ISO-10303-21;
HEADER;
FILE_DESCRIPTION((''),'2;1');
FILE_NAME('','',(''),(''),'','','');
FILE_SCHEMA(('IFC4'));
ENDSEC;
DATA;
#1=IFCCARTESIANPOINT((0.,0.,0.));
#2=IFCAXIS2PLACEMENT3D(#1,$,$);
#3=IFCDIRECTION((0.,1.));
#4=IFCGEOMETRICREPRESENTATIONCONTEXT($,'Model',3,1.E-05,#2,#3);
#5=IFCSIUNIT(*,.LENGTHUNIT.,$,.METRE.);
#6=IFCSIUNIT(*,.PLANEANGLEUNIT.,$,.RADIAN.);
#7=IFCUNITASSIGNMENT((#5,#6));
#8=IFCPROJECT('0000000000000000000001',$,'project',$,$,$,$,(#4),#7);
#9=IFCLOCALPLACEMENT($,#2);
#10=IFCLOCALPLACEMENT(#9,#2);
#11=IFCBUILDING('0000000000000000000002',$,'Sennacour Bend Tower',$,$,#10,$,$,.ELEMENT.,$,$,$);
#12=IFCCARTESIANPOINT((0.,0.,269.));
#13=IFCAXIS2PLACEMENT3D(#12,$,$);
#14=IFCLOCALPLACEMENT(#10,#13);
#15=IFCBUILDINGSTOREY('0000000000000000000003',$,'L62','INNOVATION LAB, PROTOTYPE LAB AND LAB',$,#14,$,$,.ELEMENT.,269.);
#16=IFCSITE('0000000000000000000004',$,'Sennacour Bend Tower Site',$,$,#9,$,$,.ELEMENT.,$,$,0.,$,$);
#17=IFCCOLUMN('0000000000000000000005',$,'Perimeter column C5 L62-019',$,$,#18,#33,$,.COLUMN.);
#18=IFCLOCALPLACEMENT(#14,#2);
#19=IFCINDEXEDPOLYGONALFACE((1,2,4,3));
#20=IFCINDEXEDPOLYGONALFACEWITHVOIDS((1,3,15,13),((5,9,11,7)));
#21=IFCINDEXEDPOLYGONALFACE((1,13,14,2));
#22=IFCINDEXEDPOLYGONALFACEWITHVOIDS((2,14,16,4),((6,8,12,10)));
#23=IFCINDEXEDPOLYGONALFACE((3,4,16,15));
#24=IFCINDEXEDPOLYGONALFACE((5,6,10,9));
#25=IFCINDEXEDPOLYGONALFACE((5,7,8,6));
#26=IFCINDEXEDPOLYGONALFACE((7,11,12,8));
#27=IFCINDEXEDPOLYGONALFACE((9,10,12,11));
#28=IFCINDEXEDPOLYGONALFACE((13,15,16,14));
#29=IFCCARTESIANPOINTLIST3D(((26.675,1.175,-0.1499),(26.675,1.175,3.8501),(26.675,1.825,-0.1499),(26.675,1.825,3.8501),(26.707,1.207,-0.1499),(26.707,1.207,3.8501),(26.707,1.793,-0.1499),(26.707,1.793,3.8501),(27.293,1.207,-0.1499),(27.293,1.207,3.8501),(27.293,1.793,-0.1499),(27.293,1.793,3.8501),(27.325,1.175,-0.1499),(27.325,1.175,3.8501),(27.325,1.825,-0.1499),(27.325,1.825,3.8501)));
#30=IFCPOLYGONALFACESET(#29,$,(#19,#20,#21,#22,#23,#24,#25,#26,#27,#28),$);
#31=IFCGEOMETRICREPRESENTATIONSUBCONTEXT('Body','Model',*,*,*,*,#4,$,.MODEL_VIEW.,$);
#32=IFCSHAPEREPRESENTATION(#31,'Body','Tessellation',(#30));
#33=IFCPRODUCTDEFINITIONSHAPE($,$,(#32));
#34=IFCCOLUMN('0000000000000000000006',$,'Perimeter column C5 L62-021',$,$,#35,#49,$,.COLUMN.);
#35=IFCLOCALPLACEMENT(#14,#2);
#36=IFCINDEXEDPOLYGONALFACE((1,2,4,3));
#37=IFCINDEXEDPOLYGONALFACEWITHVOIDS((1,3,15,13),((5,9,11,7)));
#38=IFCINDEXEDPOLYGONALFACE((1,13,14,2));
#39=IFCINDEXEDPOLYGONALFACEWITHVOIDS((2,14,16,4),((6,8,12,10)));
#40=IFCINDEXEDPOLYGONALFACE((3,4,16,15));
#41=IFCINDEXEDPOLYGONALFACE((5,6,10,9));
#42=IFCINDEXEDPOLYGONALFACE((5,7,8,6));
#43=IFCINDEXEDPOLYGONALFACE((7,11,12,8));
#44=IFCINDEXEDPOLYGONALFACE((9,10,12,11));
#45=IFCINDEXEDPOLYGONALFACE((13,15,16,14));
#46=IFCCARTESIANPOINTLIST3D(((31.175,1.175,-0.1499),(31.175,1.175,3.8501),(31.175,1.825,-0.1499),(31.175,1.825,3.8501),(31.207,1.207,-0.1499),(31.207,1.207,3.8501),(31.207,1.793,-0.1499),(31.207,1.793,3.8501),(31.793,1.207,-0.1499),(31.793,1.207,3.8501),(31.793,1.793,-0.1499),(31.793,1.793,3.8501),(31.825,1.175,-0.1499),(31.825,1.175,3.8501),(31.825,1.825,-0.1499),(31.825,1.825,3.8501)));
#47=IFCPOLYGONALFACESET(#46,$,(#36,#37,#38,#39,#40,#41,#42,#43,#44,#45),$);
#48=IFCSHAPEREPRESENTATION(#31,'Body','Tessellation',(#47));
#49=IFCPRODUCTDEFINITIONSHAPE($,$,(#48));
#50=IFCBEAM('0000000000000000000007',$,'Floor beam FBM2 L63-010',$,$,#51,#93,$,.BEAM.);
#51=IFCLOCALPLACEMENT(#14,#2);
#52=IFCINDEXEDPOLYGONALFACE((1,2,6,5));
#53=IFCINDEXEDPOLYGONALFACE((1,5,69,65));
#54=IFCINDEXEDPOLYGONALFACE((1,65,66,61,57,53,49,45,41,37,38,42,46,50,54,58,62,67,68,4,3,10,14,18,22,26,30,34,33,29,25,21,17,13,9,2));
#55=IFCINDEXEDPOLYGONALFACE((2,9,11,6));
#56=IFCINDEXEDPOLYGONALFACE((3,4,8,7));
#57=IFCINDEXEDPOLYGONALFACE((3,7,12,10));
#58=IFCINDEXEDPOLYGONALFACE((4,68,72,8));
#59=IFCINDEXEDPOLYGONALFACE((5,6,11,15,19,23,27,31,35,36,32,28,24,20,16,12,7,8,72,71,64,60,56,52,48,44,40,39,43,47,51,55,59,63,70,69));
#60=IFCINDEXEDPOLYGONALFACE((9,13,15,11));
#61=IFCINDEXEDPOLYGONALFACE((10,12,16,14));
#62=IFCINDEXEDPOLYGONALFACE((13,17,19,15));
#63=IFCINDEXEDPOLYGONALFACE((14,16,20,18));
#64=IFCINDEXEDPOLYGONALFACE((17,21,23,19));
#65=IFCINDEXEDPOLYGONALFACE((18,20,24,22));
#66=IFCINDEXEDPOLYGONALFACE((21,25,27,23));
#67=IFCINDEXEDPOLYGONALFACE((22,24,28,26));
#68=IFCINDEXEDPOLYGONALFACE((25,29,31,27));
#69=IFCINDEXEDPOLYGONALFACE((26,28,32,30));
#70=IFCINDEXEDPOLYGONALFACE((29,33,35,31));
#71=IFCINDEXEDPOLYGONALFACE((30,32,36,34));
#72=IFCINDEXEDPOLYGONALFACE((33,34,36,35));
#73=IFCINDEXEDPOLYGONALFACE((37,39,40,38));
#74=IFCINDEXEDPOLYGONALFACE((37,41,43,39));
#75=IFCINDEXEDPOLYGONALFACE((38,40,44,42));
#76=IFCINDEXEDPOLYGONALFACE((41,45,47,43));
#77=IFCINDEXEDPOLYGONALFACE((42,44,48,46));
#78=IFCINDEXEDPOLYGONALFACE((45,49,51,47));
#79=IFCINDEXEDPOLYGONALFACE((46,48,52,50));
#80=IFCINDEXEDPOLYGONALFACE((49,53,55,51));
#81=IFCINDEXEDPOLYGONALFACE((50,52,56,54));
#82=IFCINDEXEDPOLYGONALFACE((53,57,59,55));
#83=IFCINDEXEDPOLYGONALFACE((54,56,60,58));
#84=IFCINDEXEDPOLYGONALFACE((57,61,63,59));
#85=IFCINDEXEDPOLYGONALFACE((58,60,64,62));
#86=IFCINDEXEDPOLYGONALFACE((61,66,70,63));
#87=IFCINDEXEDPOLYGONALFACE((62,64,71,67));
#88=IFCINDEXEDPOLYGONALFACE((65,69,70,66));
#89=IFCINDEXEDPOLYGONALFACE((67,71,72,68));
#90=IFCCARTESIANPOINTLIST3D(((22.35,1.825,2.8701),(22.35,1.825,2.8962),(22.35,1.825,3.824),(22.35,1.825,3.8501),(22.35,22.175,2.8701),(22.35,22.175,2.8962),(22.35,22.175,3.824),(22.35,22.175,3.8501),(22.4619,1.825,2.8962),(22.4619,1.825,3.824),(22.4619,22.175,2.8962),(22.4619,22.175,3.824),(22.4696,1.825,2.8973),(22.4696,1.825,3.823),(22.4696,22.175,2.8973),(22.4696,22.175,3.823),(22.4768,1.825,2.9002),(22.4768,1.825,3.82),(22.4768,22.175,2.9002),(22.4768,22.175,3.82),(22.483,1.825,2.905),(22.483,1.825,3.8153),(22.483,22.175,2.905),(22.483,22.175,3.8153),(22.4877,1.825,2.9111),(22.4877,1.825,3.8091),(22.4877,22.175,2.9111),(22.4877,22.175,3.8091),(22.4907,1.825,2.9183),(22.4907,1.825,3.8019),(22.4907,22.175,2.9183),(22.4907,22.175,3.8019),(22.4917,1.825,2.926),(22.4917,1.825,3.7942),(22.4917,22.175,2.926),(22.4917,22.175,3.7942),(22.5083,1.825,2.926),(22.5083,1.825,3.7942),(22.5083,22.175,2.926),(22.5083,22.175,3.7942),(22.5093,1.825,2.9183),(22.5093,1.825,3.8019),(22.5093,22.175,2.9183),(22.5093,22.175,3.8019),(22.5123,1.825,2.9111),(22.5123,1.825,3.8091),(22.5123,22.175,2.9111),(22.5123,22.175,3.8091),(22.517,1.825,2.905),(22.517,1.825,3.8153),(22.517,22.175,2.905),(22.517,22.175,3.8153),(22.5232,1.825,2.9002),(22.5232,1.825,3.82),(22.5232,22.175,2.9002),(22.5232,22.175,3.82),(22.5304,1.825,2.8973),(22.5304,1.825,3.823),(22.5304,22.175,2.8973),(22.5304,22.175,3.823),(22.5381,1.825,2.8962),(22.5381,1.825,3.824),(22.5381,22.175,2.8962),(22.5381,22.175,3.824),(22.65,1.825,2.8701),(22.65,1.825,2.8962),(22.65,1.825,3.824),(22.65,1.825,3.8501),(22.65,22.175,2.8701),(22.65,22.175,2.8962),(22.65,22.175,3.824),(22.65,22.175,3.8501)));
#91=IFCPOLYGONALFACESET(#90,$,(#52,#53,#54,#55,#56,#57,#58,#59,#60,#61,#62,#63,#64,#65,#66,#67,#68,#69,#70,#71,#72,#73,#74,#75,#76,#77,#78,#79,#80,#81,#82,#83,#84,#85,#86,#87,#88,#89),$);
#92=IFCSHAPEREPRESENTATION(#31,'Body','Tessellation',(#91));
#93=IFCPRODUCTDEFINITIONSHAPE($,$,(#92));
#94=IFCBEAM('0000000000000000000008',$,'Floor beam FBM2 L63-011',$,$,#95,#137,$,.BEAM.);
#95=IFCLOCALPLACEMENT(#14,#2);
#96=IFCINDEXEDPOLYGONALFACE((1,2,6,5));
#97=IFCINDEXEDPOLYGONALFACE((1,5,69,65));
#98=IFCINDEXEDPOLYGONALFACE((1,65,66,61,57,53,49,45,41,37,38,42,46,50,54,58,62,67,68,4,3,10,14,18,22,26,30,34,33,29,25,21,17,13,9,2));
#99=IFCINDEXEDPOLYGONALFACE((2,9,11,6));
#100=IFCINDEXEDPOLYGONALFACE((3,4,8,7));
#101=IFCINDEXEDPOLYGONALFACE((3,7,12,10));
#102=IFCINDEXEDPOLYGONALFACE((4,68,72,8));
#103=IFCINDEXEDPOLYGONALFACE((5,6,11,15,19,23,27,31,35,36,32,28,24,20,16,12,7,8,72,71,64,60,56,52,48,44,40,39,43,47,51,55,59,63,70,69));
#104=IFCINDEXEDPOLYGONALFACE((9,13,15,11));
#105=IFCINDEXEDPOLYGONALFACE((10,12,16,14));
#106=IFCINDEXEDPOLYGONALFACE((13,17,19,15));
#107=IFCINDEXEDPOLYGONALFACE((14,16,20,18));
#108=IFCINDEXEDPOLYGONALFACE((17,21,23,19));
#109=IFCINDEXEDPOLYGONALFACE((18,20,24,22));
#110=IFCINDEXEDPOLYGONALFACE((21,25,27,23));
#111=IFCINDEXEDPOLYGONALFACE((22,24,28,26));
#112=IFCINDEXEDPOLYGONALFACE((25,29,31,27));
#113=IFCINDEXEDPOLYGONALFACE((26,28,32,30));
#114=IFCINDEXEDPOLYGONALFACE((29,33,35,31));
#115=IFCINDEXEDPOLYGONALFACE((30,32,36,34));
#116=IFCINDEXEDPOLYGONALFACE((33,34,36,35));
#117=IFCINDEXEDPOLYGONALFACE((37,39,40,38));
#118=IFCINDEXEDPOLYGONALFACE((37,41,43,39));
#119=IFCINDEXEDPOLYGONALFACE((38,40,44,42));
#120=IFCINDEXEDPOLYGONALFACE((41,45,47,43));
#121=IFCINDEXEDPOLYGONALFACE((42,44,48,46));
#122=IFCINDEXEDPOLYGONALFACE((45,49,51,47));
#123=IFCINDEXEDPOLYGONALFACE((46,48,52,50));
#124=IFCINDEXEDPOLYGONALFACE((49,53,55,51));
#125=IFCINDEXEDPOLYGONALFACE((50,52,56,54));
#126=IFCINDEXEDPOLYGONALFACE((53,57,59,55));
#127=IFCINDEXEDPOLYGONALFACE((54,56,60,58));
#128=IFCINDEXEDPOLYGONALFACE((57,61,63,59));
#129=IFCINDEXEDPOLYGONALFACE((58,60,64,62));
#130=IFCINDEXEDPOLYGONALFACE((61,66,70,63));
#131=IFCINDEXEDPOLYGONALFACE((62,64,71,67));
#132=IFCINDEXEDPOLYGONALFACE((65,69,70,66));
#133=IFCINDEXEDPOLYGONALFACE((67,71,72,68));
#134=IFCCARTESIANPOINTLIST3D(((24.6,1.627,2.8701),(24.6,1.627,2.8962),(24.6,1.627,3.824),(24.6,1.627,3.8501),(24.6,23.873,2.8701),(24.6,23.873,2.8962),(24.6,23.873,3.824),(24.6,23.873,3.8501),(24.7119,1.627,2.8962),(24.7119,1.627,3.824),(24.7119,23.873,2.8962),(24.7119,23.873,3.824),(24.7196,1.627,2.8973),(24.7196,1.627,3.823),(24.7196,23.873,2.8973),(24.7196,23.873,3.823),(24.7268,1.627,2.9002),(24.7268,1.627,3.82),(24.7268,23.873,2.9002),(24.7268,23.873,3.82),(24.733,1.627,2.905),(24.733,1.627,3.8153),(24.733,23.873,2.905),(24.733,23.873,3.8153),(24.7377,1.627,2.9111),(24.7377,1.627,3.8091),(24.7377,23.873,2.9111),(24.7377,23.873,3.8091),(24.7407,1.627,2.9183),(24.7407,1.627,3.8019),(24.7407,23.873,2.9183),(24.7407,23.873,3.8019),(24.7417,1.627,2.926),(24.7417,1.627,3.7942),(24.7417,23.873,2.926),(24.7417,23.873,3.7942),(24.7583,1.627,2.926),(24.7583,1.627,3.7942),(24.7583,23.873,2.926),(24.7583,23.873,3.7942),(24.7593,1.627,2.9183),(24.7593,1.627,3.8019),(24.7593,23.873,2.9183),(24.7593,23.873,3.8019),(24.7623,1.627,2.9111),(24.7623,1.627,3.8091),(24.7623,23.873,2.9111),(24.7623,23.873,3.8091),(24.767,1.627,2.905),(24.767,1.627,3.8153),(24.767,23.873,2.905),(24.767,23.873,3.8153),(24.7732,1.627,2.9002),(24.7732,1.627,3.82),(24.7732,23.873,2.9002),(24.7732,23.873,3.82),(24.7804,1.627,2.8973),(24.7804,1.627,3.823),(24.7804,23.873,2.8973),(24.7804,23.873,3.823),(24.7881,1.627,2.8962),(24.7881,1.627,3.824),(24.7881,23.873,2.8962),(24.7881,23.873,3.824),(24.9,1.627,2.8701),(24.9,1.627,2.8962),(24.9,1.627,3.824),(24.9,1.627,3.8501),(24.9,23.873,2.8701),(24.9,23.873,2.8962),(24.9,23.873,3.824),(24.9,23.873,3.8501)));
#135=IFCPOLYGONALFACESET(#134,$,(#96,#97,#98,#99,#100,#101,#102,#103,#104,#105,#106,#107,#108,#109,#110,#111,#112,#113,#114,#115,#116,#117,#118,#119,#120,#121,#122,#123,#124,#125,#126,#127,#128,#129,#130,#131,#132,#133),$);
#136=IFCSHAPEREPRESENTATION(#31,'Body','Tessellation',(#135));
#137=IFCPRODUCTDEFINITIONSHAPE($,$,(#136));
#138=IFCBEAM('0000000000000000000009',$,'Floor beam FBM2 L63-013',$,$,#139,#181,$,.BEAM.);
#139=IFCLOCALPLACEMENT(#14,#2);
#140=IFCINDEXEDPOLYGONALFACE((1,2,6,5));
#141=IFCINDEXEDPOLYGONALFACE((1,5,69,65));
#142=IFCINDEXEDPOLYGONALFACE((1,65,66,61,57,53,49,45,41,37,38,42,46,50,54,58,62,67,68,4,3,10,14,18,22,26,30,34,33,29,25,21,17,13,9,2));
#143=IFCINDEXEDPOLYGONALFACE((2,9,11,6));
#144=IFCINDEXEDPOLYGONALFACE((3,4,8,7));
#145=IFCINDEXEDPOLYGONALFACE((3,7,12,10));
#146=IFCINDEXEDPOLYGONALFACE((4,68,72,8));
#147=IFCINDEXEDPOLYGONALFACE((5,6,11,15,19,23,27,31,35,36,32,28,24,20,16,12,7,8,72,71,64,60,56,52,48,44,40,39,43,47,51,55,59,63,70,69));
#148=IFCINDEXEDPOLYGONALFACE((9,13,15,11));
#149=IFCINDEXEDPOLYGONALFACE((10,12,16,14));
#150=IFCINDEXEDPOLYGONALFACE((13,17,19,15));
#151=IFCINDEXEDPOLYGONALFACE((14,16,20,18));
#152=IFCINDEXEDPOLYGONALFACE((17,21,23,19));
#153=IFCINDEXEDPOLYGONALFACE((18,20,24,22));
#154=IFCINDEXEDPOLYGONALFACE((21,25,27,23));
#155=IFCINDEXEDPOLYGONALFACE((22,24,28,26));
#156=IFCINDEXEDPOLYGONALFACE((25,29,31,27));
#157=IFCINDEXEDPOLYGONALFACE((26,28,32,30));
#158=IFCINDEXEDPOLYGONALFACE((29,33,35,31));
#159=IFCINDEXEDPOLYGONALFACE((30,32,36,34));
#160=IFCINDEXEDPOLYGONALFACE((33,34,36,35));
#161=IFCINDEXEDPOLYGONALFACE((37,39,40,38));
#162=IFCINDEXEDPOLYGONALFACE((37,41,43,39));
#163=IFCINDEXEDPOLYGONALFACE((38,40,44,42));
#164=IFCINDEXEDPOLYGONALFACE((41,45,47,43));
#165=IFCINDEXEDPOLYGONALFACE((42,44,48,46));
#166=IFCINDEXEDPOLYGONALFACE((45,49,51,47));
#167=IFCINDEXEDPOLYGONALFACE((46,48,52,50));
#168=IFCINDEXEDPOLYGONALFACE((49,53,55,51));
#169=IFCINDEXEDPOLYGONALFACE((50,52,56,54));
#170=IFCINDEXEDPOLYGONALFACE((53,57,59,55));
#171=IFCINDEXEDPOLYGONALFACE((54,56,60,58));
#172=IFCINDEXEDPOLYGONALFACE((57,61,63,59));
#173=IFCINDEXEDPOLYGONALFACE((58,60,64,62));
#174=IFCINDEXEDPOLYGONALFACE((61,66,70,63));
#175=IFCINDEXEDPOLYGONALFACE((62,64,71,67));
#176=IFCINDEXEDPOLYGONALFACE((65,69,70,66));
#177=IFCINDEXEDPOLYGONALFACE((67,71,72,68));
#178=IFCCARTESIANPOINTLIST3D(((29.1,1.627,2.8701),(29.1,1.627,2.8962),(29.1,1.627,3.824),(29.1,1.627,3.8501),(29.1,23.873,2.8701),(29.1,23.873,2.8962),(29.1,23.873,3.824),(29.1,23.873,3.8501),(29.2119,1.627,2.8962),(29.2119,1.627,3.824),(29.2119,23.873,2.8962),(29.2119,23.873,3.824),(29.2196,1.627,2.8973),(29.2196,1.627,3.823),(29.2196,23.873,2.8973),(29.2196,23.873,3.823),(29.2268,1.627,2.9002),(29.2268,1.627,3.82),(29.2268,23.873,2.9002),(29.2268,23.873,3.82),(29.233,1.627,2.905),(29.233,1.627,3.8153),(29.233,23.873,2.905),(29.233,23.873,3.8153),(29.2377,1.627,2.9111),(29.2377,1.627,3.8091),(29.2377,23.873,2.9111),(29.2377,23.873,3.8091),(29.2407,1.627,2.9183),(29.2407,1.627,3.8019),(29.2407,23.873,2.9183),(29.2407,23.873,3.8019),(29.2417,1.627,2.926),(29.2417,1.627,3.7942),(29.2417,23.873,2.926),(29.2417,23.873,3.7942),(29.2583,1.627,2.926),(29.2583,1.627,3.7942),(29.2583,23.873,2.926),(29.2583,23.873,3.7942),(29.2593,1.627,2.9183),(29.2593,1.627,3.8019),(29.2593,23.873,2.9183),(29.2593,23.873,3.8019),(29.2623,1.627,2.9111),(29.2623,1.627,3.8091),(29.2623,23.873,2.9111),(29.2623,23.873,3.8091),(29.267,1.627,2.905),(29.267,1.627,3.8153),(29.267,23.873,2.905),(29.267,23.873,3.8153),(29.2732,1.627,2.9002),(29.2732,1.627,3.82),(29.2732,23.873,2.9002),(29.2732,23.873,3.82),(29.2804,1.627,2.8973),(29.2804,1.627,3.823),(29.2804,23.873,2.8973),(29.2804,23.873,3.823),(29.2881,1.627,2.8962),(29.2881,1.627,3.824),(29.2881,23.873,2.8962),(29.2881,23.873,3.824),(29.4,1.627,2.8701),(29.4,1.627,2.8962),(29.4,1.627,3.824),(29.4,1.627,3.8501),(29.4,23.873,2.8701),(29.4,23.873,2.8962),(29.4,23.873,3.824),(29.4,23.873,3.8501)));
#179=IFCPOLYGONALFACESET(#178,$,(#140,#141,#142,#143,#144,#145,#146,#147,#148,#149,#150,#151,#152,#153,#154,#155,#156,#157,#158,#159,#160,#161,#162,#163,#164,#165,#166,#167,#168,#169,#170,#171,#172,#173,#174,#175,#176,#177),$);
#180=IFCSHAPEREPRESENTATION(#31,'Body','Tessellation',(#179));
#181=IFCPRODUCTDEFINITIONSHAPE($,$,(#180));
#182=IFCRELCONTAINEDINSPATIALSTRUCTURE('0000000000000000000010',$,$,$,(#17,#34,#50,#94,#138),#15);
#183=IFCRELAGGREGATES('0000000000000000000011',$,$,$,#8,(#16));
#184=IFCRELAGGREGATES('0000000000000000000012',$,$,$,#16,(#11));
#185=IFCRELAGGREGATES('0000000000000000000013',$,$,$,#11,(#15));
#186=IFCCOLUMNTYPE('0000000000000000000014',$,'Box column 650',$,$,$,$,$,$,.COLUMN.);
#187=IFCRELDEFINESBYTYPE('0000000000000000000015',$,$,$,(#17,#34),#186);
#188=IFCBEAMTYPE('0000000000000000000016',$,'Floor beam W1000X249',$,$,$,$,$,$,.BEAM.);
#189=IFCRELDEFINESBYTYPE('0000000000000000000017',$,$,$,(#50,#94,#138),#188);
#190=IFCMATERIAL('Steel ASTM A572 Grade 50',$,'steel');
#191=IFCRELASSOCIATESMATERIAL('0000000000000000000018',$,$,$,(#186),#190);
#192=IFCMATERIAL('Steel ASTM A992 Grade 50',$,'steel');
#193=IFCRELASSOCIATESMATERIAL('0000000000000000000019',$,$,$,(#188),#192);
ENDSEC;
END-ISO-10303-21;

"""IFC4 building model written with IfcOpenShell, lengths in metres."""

from ifc_helpers import new_model, si_unit, direction, frame, origin, origin_2d, place, context, subcontext, project, spatial, hollow_rectangle, i_section, extrude, material, material_profile, profile_set, type_object, element, save


model = new_model("IFC4")

# Units and contexts
model_context = context("Model", 3, precision=1e-05, world=origin(), true_north=direction((0.0, 1.0)))
body_context = subcontext(model_context, "Body", "Model", "MODEL_VIEW")
ifc_project = project(units=[si_unit("LENGTHUNIT", "METRE"), si_unit("PLANEANGLEUNIT", "RADIAN")], contexts=[model_context])

# Site, building, storey
site_placement = place(None, origin())
site = spatial("IfcSite", under=ifc_project, at=site_placement, Name="Sennacour Bend Tower Site", CompositionType="ELEMENT", RefElevation=0.0)
building_placement = place(site_placement, origin())
building = spatial("IfcBuilding", under=site, at=building_placement, Name="Sennacour Bend Tower", CompositionType="ELEMENT")
storey_placement = place(building_placement, frame((0.0, 0.0, 269.0)))
storey = spatial("IfcBuildingStorey", under=building, at=storey_placement, Name="L62", Description="INNOVATION LAB, PROTOTYPE LAB AND LAB", CompositionType="ELEMENT", Elevation=269.0)

# Columns
ifc_material_1 = material(Name="Steel ASTM A572 Grade 50", Category="steel")
ifc_material_profile_1 = material_profile(ifc_material_1, hollow_rectangle(XDim=0.6499, YDim=0.6499, WallThickness=0.032, at=origin_2d()), Name="Steel ASTM A572 Grade 50", Category="steel")
ifc_profile_set_1 = profile_set([ifc_material_profile_1], Name="Steel ASTM A572 Grade 50")
column_type = type_object("IfcColumnType", Name="Box column 650", PredefinedType="COLUMN", material=ifc_profile_set_1)
for number, where, z_axis, x_axis, name in (
    (1, (27.0, 1.5, -0.1499), (0.0, 0.0, 1.0), (1.0, 0.0, 0.0), "Perimeter column C5 L62-019"),
    (2, (31.5, 1.5, -0.1499), (0.0, 0.0, 1.0), (1.0, 0.0, 0.0), "Perimeter column C5 L62-021"),
):
    element("IfcColumn", number, at=place(storey_placement, frame(where, z_axis=z_axis, x_axis=x_axis)), inside=storey, type_object=column_type, Name=name, PredefinedType="COLUMN", context=body_context, shape_type="SweptSolid", body=[
        extrude(hollow_rectangle(XDim=0.6499, YDim=0.6499, WallThickness=0.032, at=origin_2d()), origin(), (0.0, 0.0, 1.0), 4.0),
    ])

# Beams
ifc_material_2 = material(Name="Steel ASTM A992 Grade 50", Category="steel")
ifc_material_profile_2 = material_profile(ifc_material_2, i_section(OverallWidth=0.3, OverallDepth=0.98, WebThickness=0.0166, FlangeThickness=0.0261, FilletRadius=0.0298, at=origin_2d()), Name="Steel ASTM A992 Grade 50", Category="steel")
ifc_profile_set_2 = profile_set([ifc_material_profile_2], Name="Steel ASTM A992 Grade 50")
beam_type_1 = type_object("IfcBeamType", Name="Floor beam W1000X249", PredefinedType="BEAM", material=ifc_profile_set_2)
beam_1_placement = place(storey_placement, frame((22.5, 1.825, 3.3601), z_axis=(0.0, 1.0, 0.0), x_axis=(-1.0, 0.0, 0.0)))
element("IfcBeam", 3, at=beam_1_placement, inside=storey, type_object=beam_type_1, Name="Floor beam FBM2 L63-010", PredefinedType="BEAM", context=body_context, shape_type="SweptSolid", body=[
    extrude(i_section(OverallWidth=0.3, OverallDepth=0.98, WebThickness=0.0166, FlangeThickness=0.0261, FilletRadius=0.0298, at=origin_2d()), origin(), (0.0, 0.0, 1.0), 20.3501),
])
for number, where, z_axis, x_axis, name in (
    (4, (24.75, 1.627, 3.3601), (0.0, 1.0, 0.0), (-1.0, 0.0, 0.0), "Floor beam FBM2 L63-011"),
    (5, (29.25, 1.627, 3.3601), (0.0, 1.0, 0.0), (-1.0, 0.0, 0.0), "Floor beam FBM2 L63-013"),
):
    element("IfcBeam", number, at=place(storey_placement, frame(where, z_axis=z_axis, x_axis=x_axis)), inside=storey, type_object=beam_type_1, Name=name, PredefinedType="BEAM", context=body_context, shape_type="SweptSolid", body=[
        extrude(i_section(OverallWidth=0.3, OverallDepth=0.98, WebThickness=0.0166, FlangeThickness=0.0261, FilletRadius=0.0298, at=origin_2d()), origin(), (0.0, 0.0, 1.0), 22.2461),
    ])

save(model, "model.ifc")
